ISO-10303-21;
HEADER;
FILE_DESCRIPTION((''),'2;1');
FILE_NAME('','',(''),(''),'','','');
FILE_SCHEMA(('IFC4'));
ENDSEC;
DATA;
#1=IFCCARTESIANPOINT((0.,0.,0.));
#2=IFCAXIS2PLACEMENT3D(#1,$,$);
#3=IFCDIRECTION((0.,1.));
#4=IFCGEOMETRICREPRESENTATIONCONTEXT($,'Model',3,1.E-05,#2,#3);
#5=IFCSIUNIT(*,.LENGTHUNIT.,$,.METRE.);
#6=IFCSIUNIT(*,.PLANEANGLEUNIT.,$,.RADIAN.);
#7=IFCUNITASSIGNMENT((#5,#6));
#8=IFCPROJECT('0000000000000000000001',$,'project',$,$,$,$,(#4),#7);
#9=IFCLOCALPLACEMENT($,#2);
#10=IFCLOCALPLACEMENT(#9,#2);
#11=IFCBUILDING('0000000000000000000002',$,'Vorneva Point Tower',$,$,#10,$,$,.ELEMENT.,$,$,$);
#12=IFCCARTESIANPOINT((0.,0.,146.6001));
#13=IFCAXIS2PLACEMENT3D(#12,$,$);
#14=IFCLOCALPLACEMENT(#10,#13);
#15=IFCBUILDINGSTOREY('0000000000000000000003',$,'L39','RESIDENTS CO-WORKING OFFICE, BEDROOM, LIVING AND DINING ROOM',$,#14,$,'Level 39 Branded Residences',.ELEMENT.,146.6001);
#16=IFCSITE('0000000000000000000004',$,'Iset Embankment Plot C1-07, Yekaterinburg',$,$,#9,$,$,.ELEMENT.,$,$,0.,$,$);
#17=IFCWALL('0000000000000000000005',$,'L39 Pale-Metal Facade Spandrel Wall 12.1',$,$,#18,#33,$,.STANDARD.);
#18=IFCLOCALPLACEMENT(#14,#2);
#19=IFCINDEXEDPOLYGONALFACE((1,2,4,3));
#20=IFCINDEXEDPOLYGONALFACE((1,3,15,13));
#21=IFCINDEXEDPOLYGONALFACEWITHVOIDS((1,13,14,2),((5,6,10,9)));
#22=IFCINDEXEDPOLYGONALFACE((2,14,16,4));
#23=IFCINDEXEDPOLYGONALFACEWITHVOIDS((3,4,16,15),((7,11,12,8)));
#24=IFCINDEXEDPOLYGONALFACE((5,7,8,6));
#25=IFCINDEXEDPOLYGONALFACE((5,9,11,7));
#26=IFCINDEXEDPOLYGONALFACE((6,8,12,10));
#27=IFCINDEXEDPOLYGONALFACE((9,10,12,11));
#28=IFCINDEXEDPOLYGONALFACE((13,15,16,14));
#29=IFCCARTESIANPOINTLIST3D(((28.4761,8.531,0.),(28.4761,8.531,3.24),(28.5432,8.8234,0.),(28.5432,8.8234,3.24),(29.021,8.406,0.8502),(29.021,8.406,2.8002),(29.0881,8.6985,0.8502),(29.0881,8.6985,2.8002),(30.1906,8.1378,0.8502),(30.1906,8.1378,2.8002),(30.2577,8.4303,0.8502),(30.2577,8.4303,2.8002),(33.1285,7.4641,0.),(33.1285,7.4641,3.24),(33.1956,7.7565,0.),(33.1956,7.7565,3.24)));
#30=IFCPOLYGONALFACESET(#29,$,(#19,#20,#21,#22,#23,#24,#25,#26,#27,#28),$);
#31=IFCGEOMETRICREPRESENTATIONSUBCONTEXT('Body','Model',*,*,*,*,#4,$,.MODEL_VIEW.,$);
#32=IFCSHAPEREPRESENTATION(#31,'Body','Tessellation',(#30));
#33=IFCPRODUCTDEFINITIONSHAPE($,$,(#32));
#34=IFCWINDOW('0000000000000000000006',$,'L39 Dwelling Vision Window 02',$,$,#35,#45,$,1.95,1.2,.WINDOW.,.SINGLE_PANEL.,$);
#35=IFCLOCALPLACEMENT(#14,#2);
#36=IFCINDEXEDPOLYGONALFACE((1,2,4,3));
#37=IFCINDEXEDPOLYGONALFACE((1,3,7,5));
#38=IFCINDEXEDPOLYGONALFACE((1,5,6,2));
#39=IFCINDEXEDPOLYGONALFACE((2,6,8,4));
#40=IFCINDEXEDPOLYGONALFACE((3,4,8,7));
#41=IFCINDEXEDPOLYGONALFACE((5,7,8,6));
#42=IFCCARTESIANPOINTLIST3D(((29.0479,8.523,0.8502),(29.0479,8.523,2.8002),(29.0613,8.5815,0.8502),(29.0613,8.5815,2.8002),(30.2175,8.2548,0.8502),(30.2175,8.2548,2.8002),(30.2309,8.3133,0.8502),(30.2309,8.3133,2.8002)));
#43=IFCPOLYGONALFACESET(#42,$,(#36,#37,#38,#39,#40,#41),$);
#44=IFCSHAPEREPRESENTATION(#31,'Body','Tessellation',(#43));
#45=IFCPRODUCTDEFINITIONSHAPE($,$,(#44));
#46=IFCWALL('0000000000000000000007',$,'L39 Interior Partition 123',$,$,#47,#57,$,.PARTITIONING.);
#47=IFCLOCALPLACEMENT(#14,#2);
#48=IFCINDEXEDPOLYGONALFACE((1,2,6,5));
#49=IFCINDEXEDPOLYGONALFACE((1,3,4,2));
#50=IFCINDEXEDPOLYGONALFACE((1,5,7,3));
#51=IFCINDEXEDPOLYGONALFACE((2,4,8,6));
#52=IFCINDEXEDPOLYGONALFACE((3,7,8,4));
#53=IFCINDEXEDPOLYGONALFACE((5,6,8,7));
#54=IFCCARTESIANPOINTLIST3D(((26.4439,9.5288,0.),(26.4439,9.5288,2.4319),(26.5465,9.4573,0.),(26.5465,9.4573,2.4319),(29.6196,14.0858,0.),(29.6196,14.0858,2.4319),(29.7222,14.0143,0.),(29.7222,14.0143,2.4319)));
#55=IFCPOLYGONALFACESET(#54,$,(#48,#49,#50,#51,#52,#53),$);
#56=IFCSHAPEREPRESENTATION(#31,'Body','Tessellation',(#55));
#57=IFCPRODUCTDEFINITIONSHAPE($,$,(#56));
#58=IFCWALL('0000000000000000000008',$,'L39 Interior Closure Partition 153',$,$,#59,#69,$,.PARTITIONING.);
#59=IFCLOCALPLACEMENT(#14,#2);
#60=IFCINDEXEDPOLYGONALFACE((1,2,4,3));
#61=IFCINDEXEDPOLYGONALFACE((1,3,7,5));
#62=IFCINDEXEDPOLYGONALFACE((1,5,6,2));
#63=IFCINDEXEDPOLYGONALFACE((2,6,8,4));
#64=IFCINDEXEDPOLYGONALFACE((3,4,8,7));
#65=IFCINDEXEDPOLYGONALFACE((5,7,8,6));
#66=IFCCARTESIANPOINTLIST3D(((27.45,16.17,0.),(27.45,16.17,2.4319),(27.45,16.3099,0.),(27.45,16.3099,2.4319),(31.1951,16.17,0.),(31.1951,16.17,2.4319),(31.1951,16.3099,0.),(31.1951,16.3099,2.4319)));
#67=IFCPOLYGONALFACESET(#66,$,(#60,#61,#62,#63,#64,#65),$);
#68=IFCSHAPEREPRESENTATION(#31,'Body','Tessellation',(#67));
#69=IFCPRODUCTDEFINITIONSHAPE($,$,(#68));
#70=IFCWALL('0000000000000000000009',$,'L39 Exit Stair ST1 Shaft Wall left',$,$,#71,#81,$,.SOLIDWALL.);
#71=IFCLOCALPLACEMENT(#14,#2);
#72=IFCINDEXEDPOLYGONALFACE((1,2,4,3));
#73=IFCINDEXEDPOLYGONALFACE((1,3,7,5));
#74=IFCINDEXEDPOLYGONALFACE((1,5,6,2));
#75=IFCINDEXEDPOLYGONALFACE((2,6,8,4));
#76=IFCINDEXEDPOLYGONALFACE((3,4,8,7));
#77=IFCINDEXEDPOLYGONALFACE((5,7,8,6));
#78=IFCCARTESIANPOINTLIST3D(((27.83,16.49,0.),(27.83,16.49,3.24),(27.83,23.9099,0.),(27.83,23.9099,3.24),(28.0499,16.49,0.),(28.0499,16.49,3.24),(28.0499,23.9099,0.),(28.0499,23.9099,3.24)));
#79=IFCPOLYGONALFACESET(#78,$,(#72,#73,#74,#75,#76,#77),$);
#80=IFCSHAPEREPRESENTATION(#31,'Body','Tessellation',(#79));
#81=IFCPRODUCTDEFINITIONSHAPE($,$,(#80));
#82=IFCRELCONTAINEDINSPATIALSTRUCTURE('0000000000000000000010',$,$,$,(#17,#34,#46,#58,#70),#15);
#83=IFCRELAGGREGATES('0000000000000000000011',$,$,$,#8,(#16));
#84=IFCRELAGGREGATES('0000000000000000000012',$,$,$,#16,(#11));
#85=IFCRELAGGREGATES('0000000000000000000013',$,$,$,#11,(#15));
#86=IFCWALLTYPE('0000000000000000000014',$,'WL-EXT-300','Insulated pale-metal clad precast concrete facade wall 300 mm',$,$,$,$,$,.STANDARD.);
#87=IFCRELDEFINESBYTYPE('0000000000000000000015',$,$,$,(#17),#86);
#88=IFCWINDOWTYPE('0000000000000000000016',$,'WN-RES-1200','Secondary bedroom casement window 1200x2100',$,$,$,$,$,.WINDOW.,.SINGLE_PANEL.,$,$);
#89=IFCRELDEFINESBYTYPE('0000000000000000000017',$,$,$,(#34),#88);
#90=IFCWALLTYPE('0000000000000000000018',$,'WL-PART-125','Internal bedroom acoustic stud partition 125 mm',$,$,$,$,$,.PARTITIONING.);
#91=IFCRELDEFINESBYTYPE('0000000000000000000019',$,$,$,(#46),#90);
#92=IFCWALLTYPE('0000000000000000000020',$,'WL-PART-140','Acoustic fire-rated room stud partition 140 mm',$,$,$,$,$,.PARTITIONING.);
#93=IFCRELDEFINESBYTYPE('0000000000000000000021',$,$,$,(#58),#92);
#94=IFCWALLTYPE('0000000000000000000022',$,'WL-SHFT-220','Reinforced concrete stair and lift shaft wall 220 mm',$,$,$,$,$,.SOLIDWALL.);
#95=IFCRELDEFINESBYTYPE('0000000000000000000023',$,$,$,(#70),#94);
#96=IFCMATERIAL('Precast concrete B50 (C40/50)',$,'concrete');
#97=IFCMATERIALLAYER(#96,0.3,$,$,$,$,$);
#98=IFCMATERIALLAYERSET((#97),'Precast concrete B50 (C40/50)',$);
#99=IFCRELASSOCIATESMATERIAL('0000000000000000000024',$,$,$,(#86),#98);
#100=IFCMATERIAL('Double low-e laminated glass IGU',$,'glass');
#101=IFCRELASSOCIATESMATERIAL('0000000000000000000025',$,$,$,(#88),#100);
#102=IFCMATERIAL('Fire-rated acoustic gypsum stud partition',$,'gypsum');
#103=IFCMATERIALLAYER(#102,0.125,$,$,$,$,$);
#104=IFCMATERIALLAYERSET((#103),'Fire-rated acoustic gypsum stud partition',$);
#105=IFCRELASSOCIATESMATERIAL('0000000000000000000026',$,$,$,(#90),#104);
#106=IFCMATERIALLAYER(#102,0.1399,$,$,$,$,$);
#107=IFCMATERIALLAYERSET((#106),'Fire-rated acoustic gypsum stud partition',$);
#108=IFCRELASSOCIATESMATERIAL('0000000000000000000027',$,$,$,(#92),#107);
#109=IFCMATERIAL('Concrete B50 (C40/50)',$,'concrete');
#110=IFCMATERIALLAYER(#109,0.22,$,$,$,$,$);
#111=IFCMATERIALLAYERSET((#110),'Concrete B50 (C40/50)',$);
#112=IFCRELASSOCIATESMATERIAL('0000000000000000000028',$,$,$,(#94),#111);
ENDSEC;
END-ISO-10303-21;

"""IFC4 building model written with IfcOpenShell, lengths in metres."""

from ifc_helpers import new_model, si_unit, direction, frame, frame_2d, origin, place, context, subcontext, project, spatial, rectangle, extrude, material, layer, layer_set, type_object, element, fill, save


model = new_model("IFC4")

# Units and contexts
model_context = context("Model", 3, precision=1e-05, world=origin(), true_north=direction((0.0, 1.0)))
body_context = subcontext(model_context, "Body", "Model", "MODEL_VIEW")
ifc_project = project(units=[si_unit("LENGTHUNIT", "METRE"), si_unit("PLANEANGLEUNIT", "RADIAN")], contexts=[model_context])

# Site, building, storey
site_placement = place(None, origin())
site = spatial("IfcSite", under=ifc_project, at=site_placement, Name="Iset Embankment Plot C1-07, Yekaterinburg", CompositionType="ELEMENT", RefElevation=0.0)
building_placement = place(site_placement, origin())
building = spatial("IfcBuilding", under=site, at=building_placement, Name="Vorneva Point Tower", CompositionType="ELEMENT")
storey_placement = place(building_placement, frame((0.0, 0.0, 146.6001)))
storey = spatial("IfcBuildingStorey", under=building, at=storey_placement, Name="L39", Description="RESIDENTS CO-WORKING OFFICE, BEDROOM, LIVING AND DINING ROOM", LongName="Level 39 Branded Residences", CompositionType="ELEMENT", Elevation=146.6001)

# Wall, opening, window
ifc_material_1 = material(Name="Precast concrete B50 (C40/50)", Category="concrete")
ifc_layer_1 = layer(ifc_material_1, 0.3)
ifc_layer_set_1 = layer_set([ifc_layer_1], Name="Precast concrete B50 (C40/50)")
wall_type_1 = type_object("IfcWallType", Name="WL-EXT-300", Description="Insulated pale-metal clad precast concrete facade wall 300 mm", PredefinedType="STANDARD", material=ifc_layer_set_1)
wall_1_placement = place(storey_placement, frame((28.5095, 8.6772, 0.0), z_axis=(0.0, 0.0, 1.0), x_axis=(0.974699, -0.223522, 0.0)))
wall_1 = element("IfcWall", 1, at=wall_1_placement, inside=storey, type_object=wall_type_1, Name="L39 Pale-Metal Facade Spandrel Wall 12.1", PredefinedType="STANDARD", context=body_context, shape_type="SweptSolid", body=[
    extrude(rectangle(XDim=4.7732, YDim=0.3, at=frame_2d((2.3867, 0.0))), origin(), (0.0, 0.0, 1.0), 3.24),
])
opening_placement = place(wall_1_placement, frame((0.5591, 0.0, 0.8501)))
opening = element("IfcOpeningElement", 2, at=opening_placement, cuts=wall_1, PredefinedType="OPENING", context=body_context, shape_type="SweptSolid", body=[
    extrude(rectangle(XDim=1.2, YDim=1.95, at=frame_2d((0.6001, 0.9751))), frame((0.0, 0.165, 0.0), z_axis=(0.0, -1.0, 0.0), x_axis=(1.0, 0.0, 0.0)), (0.0, 0.0, 1.0), 0.3298),
])
ifc_material_2 = material(Name="Double low-e laminated glass IGU", Category="glass")
window_type = type_object("IfcWindowType", Name="WN-RES-1200", Description="Secondary bedroom casement window 1200x2100", PartitioningType="SINGLE_PANEL", PredefinedType="WINDOW", material=ifc_material_2)
window_placement = place(opening_placement, origin())
window = element("IfcWindow", 3, at=window_placement, inside=storey, type_object=window_type, Name="L39 Dwelling Vision Window 02", OverallHeight=1.95, OverallWidth=1.2, PartitioningType="SINGLE_PANEL", PredefinedType="WINDOW", context=body_context, shape_type="SweptSolid", body=[
    extrude(rectangle(XDim=1.2, YDim=1.95, at=frame_2d((0.6001, 0.9751))), frame((0.0, 0.03, 0.0), z_axis=(0.0, -1.0, 0.0), x_axis=(1.0, 0.0, 0.0)), (0.0, 0.0, 1.0), 0.0601),
])
fill(opening, window)

# Walls
ifc_material_3 = material(Name="Fire-rated acoustic gypsum stud partition", Category="gypsum")
ifc_layer_2 = layer(ifc_material_3, 0.125)
ifc_layer_set_2 = layer_set([ifc_layer_2], Name="Fire-rated acoustic gypsum stud partition")
wall_type_2 = type_object("IfcWallType", Name="WL-PART-125", Description="Internal bedroom acoustic stud partition 125 mm", PredefinedType="PARTITIONING", material=ifc_layer_set_2)
wall_2_placement = place(storey_placement, frame((26.4951, 9.4929, 0.0), z_axis=(0.0, 0.0, 1.0), x_axis=(0.571744, 0.820432, 0.0)))
element("IfcWall", 4, at=wall_2_placement, inside=storey, type_object=wall_type_2, Name="L39 Interior Partition 123", PredefinedType="PARTITIONING", context=body_context, shape_type="SweptSolid", body=[
    extrude(rectangle(XDim=5.5544, YDim=0.125, at=frame_2d((2.7773, 0.0))), origin(), (0.0, 0.0, 1.0), 2.4319),
])
ifc_layer_3 = layer(ifc_material_3, 0.1399)
ifc_layer_set_3 = layer_set([ifc_layer_3], Name="Fire-rated acoustic gypsum stud partition")
wall_type_3 = type_object("IfcWallType", Name="WL-PART-140", Description="Acoustic fire-rated room stud partition 140 mm", PredefinedType="PARTITIONING", material=ifc_layer_set_3)
wall_3_placement = place(storey_placement, frame((27.45, 16.24, 0.0), z_axis=(0.0, 0.0, 1.0), x_axis=(1.0, 0.0, 0.0)))
element("IfcWall", 5, at=wall_3_placement, inside=storey, type_object=wall_type_3, Name="L39 Interior Closure Partition 153", PredefinedType="PARTITIONING", context=body_context, shape_type="SweptSolid", body=[
    extrude(rectangle(XDim=3.7451, YDim=0.1399, at=frame_2d((1.8726, 0.0))), origin(), (0.0, 0.0, 1.0), 2.4319),
])
ifc_material_4 = material(Name="Concrete B50 (C40/50)", Category="concrete")
ifc_layer_4 = layer(ifc_material_4, 0.22)
ifc_layer_set_4 = layer_set([ifc_layer_4], Name="Concrete B50 (C40/50)")
wall_type_4 = type_object("IfcWallType", Name="WL-SHFT-220", Description="Reinforced concrete stair and lift shaft wall 220 mm", PredefinedType="SOLIDWALL", material=ifc_layer_set_4)
wall_4_placement = place(storey_placement, frame((27.9399, 16.49, 0.0), z_axis=(0.0, 0.0, 1.0), x_axis=(0.0, 1.0, 0.0)))
element("IfcWall", 6, at=wall_4_placement, inside=storey, type_object=wall_type_4, Name="L39 Exit Stair ST1 Shaft Wall left", PredefinedType="SOLIDWALL", context=body_context, shape_type="SweptSolid", body=[
    extrude(rectangle(XDim=7.4199, YDim=0.22, at=frame_2d((3.71, 0.0))), origin(), (0.0, 0.0, 1.0), 3.24),
])

save(model, "model.ifc")
